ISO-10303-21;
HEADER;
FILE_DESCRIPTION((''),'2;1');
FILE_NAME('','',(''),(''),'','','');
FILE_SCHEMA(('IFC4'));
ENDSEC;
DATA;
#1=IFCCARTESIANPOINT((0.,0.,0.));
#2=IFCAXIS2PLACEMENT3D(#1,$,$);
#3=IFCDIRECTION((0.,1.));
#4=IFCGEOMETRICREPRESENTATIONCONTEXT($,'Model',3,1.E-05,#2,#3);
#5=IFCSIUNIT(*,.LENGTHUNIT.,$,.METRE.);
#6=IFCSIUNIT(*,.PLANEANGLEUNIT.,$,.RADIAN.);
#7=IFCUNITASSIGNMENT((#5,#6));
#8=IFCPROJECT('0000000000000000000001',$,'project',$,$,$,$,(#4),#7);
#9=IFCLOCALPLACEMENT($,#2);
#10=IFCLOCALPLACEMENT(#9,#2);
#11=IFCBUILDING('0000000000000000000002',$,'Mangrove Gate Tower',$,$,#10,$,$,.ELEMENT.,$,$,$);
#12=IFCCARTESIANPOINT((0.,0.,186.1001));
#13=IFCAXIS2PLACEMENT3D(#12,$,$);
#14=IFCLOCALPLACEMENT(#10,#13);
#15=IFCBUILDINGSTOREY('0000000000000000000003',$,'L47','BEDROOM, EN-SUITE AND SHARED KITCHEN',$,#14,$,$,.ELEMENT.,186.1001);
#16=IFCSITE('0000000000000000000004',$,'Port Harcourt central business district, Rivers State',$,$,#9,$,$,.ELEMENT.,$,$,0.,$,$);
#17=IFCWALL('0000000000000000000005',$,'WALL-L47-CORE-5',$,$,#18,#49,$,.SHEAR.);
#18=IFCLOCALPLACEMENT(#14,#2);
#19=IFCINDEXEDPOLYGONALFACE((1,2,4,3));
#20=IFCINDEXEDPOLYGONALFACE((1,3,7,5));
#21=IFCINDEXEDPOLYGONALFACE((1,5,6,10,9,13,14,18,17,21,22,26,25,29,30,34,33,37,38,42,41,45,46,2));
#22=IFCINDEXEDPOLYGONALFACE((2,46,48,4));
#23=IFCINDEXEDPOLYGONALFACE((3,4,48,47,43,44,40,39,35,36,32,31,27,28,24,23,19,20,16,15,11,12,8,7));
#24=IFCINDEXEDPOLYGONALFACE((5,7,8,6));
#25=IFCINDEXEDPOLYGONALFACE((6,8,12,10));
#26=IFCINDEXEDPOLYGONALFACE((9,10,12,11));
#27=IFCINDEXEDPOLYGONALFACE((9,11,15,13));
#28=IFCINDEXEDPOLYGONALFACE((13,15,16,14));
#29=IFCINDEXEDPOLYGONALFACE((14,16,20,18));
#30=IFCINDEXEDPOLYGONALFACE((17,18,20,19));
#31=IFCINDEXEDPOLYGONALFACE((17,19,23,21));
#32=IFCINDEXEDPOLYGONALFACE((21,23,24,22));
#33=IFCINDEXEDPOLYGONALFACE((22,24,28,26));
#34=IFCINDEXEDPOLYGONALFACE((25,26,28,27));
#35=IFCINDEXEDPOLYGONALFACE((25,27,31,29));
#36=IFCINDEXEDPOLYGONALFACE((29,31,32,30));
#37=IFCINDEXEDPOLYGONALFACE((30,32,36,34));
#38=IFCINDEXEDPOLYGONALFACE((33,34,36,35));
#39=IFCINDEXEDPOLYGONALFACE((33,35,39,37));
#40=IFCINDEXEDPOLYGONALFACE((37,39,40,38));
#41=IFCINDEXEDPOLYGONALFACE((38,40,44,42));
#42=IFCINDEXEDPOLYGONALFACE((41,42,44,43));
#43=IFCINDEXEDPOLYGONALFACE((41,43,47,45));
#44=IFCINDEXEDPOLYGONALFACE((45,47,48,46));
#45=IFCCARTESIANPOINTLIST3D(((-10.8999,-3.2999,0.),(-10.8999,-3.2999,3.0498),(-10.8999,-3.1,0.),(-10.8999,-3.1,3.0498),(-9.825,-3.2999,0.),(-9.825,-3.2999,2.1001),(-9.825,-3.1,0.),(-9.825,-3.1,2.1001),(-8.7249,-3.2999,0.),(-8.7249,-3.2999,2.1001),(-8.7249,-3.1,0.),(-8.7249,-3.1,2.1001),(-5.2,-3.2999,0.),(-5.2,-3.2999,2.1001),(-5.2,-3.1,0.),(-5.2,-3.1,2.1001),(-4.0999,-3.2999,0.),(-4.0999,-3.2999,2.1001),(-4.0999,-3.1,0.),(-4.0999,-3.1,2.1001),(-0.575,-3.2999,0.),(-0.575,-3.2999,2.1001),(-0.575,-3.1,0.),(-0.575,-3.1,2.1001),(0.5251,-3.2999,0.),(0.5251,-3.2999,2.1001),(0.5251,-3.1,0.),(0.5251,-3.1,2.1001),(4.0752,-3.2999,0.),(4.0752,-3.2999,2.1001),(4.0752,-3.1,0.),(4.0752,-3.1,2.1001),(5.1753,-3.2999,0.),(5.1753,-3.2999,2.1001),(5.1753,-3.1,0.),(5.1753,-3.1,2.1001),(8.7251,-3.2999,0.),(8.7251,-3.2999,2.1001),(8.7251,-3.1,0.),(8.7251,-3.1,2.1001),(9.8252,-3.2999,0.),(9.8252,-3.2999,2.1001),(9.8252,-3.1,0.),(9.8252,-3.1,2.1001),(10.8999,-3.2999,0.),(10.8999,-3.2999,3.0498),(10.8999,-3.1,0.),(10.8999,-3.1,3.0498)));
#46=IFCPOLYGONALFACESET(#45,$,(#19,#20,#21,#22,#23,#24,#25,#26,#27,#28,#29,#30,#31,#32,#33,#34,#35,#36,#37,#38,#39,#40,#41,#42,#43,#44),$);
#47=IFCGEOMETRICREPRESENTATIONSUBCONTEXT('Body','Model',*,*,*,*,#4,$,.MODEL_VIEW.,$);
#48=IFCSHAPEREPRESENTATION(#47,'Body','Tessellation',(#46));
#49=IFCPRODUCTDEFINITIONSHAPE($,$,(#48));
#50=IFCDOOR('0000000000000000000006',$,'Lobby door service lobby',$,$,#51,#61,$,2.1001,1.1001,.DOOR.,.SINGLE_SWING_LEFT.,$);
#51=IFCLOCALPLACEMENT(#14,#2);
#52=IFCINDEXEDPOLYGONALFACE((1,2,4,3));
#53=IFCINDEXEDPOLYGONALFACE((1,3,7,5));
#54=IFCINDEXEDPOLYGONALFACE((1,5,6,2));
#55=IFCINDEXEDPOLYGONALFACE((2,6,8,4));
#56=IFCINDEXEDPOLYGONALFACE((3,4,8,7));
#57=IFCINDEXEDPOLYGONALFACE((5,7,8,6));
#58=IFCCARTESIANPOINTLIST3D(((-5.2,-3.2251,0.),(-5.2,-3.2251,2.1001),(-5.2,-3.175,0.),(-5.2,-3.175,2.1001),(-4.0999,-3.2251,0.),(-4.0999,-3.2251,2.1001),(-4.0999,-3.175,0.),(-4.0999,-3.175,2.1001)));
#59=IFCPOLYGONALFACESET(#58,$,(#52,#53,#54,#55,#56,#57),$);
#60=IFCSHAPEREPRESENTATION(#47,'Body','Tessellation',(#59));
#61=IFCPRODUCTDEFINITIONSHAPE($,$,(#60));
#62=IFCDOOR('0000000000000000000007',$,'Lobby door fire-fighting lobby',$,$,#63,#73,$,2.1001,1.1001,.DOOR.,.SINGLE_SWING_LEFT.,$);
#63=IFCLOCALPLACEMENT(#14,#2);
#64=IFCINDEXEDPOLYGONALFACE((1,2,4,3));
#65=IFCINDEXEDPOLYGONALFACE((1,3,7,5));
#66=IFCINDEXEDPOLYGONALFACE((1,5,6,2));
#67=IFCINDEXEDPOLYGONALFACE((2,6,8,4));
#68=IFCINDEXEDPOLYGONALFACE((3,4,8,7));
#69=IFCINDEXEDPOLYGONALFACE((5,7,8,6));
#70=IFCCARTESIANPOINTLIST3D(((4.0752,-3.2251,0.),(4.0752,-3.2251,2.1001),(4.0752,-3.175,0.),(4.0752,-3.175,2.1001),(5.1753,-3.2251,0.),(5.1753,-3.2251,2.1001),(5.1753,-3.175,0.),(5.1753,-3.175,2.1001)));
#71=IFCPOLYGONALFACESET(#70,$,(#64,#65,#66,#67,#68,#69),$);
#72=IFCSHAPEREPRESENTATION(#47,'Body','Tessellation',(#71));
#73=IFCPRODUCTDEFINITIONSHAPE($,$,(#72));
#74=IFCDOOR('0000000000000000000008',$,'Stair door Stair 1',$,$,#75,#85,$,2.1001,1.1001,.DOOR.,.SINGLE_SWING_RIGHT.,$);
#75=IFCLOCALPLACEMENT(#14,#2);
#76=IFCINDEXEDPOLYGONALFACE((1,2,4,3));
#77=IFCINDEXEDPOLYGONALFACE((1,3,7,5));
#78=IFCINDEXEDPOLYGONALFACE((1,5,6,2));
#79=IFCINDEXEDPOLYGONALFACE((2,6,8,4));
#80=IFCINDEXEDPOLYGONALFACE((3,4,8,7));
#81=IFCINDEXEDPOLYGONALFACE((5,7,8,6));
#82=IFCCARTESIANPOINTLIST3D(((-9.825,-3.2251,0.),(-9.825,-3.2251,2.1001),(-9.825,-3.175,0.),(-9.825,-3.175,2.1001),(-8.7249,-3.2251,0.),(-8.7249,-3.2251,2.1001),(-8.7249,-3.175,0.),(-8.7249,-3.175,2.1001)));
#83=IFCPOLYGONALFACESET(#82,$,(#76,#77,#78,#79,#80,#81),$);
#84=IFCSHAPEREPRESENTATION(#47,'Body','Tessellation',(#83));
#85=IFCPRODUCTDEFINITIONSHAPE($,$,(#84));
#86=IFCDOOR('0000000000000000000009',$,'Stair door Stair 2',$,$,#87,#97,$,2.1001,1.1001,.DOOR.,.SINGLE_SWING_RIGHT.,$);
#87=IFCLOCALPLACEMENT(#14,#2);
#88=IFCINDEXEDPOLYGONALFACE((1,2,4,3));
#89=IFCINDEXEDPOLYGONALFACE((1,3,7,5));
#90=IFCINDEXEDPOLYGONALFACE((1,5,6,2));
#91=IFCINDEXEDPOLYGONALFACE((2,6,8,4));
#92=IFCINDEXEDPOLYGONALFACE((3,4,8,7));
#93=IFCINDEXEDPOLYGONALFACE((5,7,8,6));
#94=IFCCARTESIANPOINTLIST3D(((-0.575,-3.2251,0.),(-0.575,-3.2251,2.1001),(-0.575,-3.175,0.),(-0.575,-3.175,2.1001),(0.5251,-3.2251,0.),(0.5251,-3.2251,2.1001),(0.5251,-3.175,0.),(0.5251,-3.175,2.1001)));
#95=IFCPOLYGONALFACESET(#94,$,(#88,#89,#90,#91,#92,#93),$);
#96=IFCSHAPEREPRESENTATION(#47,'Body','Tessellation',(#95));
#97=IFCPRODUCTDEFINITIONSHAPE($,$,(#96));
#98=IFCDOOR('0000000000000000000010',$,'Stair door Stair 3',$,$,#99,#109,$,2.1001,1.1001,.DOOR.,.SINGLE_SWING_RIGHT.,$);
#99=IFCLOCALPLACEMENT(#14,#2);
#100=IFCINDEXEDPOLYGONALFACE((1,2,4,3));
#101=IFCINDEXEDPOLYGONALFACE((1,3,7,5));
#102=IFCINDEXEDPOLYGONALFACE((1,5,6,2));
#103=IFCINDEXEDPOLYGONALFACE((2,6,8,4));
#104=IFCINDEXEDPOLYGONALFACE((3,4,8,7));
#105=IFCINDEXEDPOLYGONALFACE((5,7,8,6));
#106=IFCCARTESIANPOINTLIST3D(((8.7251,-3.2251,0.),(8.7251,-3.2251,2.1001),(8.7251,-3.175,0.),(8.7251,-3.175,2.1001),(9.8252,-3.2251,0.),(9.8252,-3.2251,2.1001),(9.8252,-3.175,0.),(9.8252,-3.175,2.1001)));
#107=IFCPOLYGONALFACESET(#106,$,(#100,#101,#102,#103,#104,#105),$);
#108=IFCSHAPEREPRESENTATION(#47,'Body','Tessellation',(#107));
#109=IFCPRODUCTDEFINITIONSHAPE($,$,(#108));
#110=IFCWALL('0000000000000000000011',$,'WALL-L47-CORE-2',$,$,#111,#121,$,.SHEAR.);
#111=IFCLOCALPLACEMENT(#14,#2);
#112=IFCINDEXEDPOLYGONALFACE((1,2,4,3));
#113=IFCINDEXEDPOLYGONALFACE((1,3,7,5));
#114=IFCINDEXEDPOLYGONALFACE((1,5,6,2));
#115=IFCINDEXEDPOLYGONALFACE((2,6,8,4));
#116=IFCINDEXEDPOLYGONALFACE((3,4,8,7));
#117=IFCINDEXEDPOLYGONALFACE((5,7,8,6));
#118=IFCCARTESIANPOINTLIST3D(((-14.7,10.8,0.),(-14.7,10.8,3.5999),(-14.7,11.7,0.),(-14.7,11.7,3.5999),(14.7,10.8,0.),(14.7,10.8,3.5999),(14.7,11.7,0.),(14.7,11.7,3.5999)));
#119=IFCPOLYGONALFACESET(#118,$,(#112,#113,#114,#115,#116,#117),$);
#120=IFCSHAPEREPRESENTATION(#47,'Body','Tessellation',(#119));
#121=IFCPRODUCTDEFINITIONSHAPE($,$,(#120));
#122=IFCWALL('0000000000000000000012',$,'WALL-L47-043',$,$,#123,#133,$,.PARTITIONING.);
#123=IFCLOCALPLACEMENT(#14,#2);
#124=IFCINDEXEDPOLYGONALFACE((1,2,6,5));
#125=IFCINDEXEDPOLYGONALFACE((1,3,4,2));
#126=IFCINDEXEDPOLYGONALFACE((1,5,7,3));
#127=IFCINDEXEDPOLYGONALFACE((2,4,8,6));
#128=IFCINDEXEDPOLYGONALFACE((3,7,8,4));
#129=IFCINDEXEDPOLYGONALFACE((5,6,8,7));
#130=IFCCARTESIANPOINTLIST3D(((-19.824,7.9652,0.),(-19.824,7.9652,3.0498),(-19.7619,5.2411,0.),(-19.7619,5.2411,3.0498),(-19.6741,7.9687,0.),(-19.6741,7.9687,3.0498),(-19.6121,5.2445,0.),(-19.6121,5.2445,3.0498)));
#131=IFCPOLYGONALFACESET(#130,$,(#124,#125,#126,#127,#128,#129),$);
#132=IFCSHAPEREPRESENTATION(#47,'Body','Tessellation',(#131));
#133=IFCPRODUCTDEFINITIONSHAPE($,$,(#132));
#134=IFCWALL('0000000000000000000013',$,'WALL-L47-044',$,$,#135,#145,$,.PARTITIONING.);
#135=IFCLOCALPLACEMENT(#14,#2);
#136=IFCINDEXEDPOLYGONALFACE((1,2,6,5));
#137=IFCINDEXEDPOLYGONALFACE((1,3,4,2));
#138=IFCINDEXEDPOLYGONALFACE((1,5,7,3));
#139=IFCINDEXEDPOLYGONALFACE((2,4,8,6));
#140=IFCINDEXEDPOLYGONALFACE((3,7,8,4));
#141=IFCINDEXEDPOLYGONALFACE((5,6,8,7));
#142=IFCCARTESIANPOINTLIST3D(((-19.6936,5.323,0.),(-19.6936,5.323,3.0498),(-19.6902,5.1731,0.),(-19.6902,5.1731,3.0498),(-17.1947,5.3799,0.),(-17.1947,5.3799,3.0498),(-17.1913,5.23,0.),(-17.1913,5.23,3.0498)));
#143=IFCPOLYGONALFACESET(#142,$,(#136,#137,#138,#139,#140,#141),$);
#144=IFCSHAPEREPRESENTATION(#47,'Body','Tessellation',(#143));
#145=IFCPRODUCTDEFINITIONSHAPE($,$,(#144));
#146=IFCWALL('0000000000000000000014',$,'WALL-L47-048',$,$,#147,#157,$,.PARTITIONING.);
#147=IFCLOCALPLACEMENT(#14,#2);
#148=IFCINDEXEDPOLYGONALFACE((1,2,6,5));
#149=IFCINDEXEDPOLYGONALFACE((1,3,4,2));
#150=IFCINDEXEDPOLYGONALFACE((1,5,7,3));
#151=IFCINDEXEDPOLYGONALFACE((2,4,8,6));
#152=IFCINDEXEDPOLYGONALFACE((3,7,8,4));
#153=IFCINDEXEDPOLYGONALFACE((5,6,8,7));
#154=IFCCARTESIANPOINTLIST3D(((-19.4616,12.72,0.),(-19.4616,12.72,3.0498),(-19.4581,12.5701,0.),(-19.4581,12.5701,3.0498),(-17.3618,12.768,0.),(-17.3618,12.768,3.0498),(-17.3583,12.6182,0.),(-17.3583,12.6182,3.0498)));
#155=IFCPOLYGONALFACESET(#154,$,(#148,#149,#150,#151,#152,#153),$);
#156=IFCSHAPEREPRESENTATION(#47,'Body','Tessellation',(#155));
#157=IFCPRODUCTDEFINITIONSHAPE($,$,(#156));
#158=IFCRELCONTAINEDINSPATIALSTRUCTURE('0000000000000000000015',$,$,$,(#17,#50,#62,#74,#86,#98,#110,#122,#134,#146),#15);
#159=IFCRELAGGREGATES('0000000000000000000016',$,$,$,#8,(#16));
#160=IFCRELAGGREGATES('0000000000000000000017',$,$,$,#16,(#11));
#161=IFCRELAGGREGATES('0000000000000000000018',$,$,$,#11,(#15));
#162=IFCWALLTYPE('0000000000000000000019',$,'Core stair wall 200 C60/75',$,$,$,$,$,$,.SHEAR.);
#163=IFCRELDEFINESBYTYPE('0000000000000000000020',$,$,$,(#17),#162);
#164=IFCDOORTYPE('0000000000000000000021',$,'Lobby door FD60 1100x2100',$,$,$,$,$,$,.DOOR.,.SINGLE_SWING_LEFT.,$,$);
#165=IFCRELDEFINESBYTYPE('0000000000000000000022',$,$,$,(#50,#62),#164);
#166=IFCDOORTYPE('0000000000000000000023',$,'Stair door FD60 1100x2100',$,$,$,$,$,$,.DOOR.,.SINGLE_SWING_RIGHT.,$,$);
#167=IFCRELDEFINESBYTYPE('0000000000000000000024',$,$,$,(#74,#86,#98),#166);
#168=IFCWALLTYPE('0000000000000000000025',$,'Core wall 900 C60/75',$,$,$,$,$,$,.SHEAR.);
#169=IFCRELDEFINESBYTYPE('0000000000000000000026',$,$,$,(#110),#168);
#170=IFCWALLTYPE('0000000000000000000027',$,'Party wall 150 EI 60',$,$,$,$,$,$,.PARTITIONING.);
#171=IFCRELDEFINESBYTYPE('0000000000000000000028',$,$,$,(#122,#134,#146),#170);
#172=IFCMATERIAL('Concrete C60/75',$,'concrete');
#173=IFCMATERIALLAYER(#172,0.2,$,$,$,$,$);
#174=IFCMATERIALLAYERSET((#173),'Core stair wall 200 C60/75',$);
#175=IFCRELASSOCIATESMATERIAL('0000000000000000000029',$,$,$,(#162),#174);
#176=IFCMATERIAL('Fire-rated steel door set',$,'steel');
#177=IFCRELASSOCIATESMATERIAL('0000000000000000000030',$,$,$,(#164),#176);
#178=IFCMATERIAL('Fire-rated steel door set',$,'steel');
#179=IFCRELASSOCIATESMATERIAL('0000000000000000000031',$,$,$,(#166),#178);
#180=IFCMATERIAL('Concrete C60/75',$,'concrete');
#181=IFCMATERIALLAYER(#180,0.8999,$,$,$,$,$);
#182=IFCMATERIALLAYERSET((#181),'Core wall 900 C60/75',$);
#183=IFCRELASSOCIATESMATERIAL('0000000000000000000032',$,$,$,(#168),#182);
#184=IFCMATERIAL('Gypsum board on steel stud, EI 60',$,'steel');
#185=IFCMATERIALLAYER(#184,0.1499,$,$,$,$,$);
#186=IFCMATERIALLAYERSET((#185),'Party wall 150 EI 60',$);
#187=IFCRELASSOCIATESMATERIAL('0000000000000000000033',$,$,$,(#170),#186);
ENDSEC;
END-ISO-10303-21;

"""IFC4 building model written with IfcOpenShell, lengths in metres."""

from ifc_helpers import new_model, si_unit, direction, frame, frame_2d, origin, place, context, subcontext, project, spatial, rectangle, extrude, material, layer, layer_set, type_object, element, fill, save


model = new_model("IFC4")

# Units and contexts
model_context = context("Model", 3, precision=1e-05, world=origin(), true_north=direction((0.0, 1.0)))
body_context = subcontext(model_context, "Body", "Model", "MODEL_VIEW")
ifc_project = project(units=[si_unit("LENGTHUNIT", "METRE"), si_unit("PLANEANGLEUNIT", "RADIAN")], contexts=[model_context])

# Site, building, storey
site_placement = place(None, origin())
site = spatial("IfcSite", under=ifc_project, at=site_placement, Name="Port Harcourt central business district, Rivers State", CompositionType="ELEMENT", RefElevation=0.0)
building_placement = place(site_placement, origin())
building = spatial("IfcBuilding", under=site, at=building_placement, Name="Mangrove Gate Tower", CompositionType="ELEMENT")
storey_placement = place(building_placement, frame((0.0, 0.0, 186.1001)))
storey = spatial("IfcBuildingStorey", under=building, at=storey_placement, Name="L47", Description="BEDROOM, EN-SUITE AND SHARED KITCHEN", CompositionType="ELEMENT", Elevation=186.1001)

# Wall, openings, doors
ifc_material_1 = material(Name="Concrete C60/75", Category="concrete")
ifc_layer_1 = layer(ifc_material_1, 0.2)
ifc_layer_set_1 = layer_set([ifc_layer_1], Name="Core stair wall 200 C60/75")
wall_type_1 = type_object("IfcWallType", Name="Core stair wall 200 C60/75", PredefinedType="SHEAR", material=ifc_layer_set_1)
wall_1_placement = place(storey_placement, frame((-10.8999, -3.2, 0.0), z_axis=(0.0, 0.0, 1.0), x_axis=(1.0, 0.0, 0.0)))
wall_1 = element("IfcWall", 1, at=wall_1_placement, inside=storey, type_object=wall_type_1, Name="WALL-L47-CORE-5", PredefinedType="SHEAR", context=body_context, shape_type="SweptSolid", body=[
    extrude(rectangle(XDim=21.7998, YDim=0.2, at=frame_2d((10.8999, 0.0))), origin(), (0.0, 0.0, 1.0), 3.0498),
])
opening_1_placement = place(wall_1_placement, frame((1.075, 0.0, 0.0)))
opening_1 = element("IfcOpeningElement", 2, at=opening_1_placement, cuts=wall_1, PredefinedType="OPENING", context=body_context, shape_type="SweptSolid", body=[
    extrude(rectangle(XDim=1.1001, YDim=2.1001, at=frame_2d((0.55, 1.05))), frame((0.0, 0.1099, 0.0), z_axis=(0.0, -1.0, 0.0), x_axis=(1.0, 0.0, 0.0)), (0.0, 0.0, 1.0), 0.22),
])
opening_2_placement = place(wall_1_placement, frame((10.325, 0.0, 0.0)))
opening_2 = element("IfcOpeningElement", 3, at=opening_2_placement, cuts=wall_1, PredefinedType="OPENING", context=body_context, shape_type="SweptSolid", body=[
    extrude(rectangle(XDim=1.1001, YDim=2.1001, at=frame_2d((0.55, 1.05))), frame((0.0, 0.1099, 0.0), z_axis=(0.0, -1.0, 0.0), x_axis=(1.0, 0.0, 0.0)), (0.0, 0.0, 1.0), 0.22),
])
opening_3_placement = place(wall_1_placement, frame((19.625, 0.0, 0.0)))
opening_3 = element("IfcOpeningElement", 4, at=opening_3_placement, cuts=wall_1, PredefinedType="OPENING", context=body_context, shape_type="SweptSolid", body=[
    extrude(rectangle(XDim=1.1001, YDim=2.1001, at=frame_2d((0.55, 1.05))), frame((0.0, 0.1099, 0.0), z_axis=(0.0, -1.0, 0.0), x_axis=(1.0, 0.0, 0.0)), (0.0, 0.0, 1.0), 0.22),
])
opening_4_placement = place(wall_1_placement, frame((5.7, 0.0, 0.0)))
opening_4 = element("IfcOpeningElement", 5, at=opening_4_placement, cuts=wall_1, PredefinedType="OPENING", context=body_context, shape_type="SweptSolid", body=[
    extrude(rectangle(XDim=1.1001, YDim=2.1001, at=frame_2d((0.55, 1.05))), frame((0.0, 0.1099, 0.0), z_axis=(0.0, -1.0, 0.0), x_axis=(1.0, 0.0, 0.0)), (0.0, 0.0, 1.0), 0.22),
])
opening_5_placement = place(wall_1_placement, frame((14.9751, 0.0, 0.0)))
opening_5 = element("IfcOpeningElement", 6, at=opening_5_placement, cuts=wall_1, PredefinedType="OPENING", context=body_context, shape_type="SweptSolid", body=[
    extrude(rectangle(XDim=1.1001, YDim=2.1001, at=frame_2d((0.55, 1.05))), frame((0.0, 0.1099, 0.0), z_axis=(0.0, -1.0, 0.0), x_axis=(1.0, 0.0, 0.0)), (0.0, 0.0, 1.0), 0.22),
])
ifc_material_2 = material(Name="Fire-rated steel door set", Category="steel")
door_type_1 = type_object("IfcDoorType", Name="Lobby door FD60 1100x2100", OperationType="SINGLE_SWING_LEFT", PredefinedType="DOOR", material=ifc_material_2)
door_1_placement = place(opening_4_placement, origin())
door_1 = element("IfcDoor", 7, at=door_1_placement, inside=storey, type_object=door_type_1, Name="Lobby door service lobby", OperationType="SINGLE_SWING_LEFT", OverallHeight=2.1001, OverallWidth=1.1001, PredefinedType="DOOR", context=body_context, shape_type="SweptSolid", body=[
    extrude(rectangle(XDim=1.1001, YDim=2.1001, at=frame_2d((0.55, 1.05))), frame((0.0, 0.0249, 0.0), z_axis=(0.0, -1.0, 0.0), x_axis=(1.0, 0.0, 0.0)), (0.0, 0.0, 1.0), 0.05),
])
fill(opening_4, door_1)
door_2_placement = place(opening_5_placement, origin())
door_2 = element("IfcDoor", 8, at=door_2_placement, inside=storey, type_object=door_type_1, Name="Lobby door fire-fighting lobby", OperationType="SINGLE_SWING_LEFT", OverallHeight=2.1001, OverallWidth=1.1001, PredefinedType="DOOR", context=body_context, shape_type="SweptSolid", body=[
    extrude(rectangle(XDim=1.1001, YDim=2.1001, at=frame_2d((0.55, 1.05))), frame((0.0, 0.0249, 0.0), z_axis=(0.0, -1.0, 0.0), x_axis=(1.0, 0.0, 0.0)), (0.0, 0.0, 1.0), 0.05),
])
fill(opening_5, door_2)
ifc_material_3 = material(Name="Fire-rated steel door set", Category="steel")
door_type_2 = type_object("IfcDoorType", Name="Stair door FD60 1100x2100", OperationType="SINGLE_SWING_RIGHT", PredefinedType="DOOR", material=ifc_material_3)
door_3_placement = place(opening_1_placement, origin())
door_3 = element("IfcDoor", 9, at=door_3_placement, inside=storey, type_object=door_type_2, Name="Stair door Stair 1", OperationType="SINGLE_SWING_RIGHT", OverallHeight=2.1001, OverallWidth=1.1001, PredefinedType="DOOR", context=body_context, shape_type="SweptSolid", body=[
    extrude(rectangle(XDim=1.1001, YDim=2.1001, at=frame_2d((0.55, 1.05))), frame((0.0, 0.0249, 0.0), z_axis=(0.0, -1.0, 0.0), x_axis=(1.0, 0.0, 0.0)), (0.0, 0.0, 1.0), 0.05),
])
fill(opening_1, door_3)
door_4_placement = place(opening_2_placement, origin())
door_4 = element("IfcDoor", 10, at=door_4_placement, inside=storey, type_object=door_type_2, Name="Stair door Stair 2", OperationType="SINGLE_SWING_RIGHT", OverallHeight=2.1001, OverallWidth=1.1001, PredefinedType="DOOR", context=body_context, shape_type="SweptSolid", body=[
    extrude(rectangle(XDim=1.1001, YDim=2.1001, at=frame_2d((0.55, 1.05))), frame((0.0, 0.0249, 0.0), z_axis=(0.0, -1.0, 0.0), x_axis=(1.0, 0.0, 0.0)), (0.0, 0.0, 1.0), 0.05),
])
fill(opening_2, door_4)
door_5_placement = place(opening_3_placement, origin())
door_5 = element("IfcDoor", 11, at=door_5_placement, inside=storey, type_object=door_type_2, Name="Stair door Stair 3", OperationType="SINGLE_SWING_RIGHT", OverallHeight=2.1001, OverallWidth=1.1001, PredefinedType="DOOR", context=body_context, shape_type="SweptSolid", body=[
    extrude(rectangle(XDim=1.1001, YDim=2.1001, at=frame_2d((0.55, 1.05))), frame((0.0, 0.0249, 0.0), z_axis=(0.0, -1.0, 0.0), x_axis=(1.0, 0.0, 0.0)), (0.0, 0.0, 1.0), 0.05),
])
fill(opening_3, door_5)

# Walls
ifc_material_4 = material(Name="Concrete C60/75", Category="concrete")
ifc_layer_2 = layer(ifc_material_4, 0.8999)
ifc_layer_set_2 = layer_set([ifc_layer_2], Name="Core wall 900 C60/75")
wall_type_2 = type_object("IfcWallType", Name="Core wall 900 C60/75", PredefinedType="SHEAR", material=ifc_layer_set_2)
wall_2_placement = place(storey_placement, frame((-14.7, 11.25, 0.0), z_axis=(0.0, 0.0, 1.0), x_axis=(1.0, 0.0, 0.0)))
element("IfcWall", 12, at=wall_2_placement, inside=storey, type_object=wall_type_2, Name="WALL-L47-CORE-2", PredefinedType="SHEAR", context=body_context, shape_type="SweptSolid", body=[
    extrude(rectangle(XDim=29.3999, YDim=0.8999, at=frame_2d((14.7, 0.0))), origin(), (0.0, 0.0, 1.0), 3.5999),
])
ifc_material_5 = material(Name="Gypsum board on steel stud, EI 60", Category="steel")
ifc_layer_3 = layer(ifc_material_5, 0.1499)
ifc_layer_set_3 = layer_set([ifc_layer_3], Name="Party wall 150 EI 60")
wall_type_3 = type_object("IfcWallType", Name="Party wall 150 EI 60", PredefinedType="PARTITIONING", material=ifc_layer_set_3)
wall_3_placement = place(storey_placement, frame((-19.687, 5.2429, 0.0), z_axis=(0.0, 0.0, 1.0), x_axis=(-0.022758, 0.999741, 0.0)))
element("IfcWall", 13, at=wall_3_placement, inside=storey, type_object=wall_type_3, Name="WALL-L47-043", PredefinedType="PARTITIONING", context=body_context, shape_type="SweptSolid", body=[
    extrude(rectangle(XDim=2.7249, YDim=0.1499, at=frame_2d((1.3623, 0.0))), origin(), (0.0, 0.0, 1.0), 3.0498),
])
wall_4_placement = place(storey_placement, frame((-19.6919, 5.248, 0.0), z_axis=(0.0, 0.0, 1.0), x_axis=(0.999741, 0.022759, 0.0)))
element("IfcWall", 14, at=wall_4_placement, inside=storey, type_object=wall_type_3, Name="WALL-L47-044", PredefinedType="PARTITIONING", context=body_context, shape_type="SweptSolid", body=[
    extrude(rectangle(XDim=2.4995, YDim=0.1499, at=frame_2d((1.2498, 0.0))), origin(), (0.0, 0.0, 1.0), 3.0498),
])
wall_5_placement = place(storey_placement, frame((-19.46, 12.645, 0.0), z_axis=(0.0, 0.0, 1.0), x_axis=(0.999738, 0.022898, 0.0)))
element("IfcWall", 15, at=wall_5_placement, inside=storey, type_object=wall_type_3, Name="WALL-L47-048", PredefinedType="PARTITIONING", context=body_context, shape_type="SweptSolid", body=[
    extrude(rectangle(XDim=2.1003, YDim=0.1499, at=frame_2d((1.0503, 0.0))), origin(), (0.0, 0.0, 1.0), 3.0498),
])

save(model, "model.ifc")
